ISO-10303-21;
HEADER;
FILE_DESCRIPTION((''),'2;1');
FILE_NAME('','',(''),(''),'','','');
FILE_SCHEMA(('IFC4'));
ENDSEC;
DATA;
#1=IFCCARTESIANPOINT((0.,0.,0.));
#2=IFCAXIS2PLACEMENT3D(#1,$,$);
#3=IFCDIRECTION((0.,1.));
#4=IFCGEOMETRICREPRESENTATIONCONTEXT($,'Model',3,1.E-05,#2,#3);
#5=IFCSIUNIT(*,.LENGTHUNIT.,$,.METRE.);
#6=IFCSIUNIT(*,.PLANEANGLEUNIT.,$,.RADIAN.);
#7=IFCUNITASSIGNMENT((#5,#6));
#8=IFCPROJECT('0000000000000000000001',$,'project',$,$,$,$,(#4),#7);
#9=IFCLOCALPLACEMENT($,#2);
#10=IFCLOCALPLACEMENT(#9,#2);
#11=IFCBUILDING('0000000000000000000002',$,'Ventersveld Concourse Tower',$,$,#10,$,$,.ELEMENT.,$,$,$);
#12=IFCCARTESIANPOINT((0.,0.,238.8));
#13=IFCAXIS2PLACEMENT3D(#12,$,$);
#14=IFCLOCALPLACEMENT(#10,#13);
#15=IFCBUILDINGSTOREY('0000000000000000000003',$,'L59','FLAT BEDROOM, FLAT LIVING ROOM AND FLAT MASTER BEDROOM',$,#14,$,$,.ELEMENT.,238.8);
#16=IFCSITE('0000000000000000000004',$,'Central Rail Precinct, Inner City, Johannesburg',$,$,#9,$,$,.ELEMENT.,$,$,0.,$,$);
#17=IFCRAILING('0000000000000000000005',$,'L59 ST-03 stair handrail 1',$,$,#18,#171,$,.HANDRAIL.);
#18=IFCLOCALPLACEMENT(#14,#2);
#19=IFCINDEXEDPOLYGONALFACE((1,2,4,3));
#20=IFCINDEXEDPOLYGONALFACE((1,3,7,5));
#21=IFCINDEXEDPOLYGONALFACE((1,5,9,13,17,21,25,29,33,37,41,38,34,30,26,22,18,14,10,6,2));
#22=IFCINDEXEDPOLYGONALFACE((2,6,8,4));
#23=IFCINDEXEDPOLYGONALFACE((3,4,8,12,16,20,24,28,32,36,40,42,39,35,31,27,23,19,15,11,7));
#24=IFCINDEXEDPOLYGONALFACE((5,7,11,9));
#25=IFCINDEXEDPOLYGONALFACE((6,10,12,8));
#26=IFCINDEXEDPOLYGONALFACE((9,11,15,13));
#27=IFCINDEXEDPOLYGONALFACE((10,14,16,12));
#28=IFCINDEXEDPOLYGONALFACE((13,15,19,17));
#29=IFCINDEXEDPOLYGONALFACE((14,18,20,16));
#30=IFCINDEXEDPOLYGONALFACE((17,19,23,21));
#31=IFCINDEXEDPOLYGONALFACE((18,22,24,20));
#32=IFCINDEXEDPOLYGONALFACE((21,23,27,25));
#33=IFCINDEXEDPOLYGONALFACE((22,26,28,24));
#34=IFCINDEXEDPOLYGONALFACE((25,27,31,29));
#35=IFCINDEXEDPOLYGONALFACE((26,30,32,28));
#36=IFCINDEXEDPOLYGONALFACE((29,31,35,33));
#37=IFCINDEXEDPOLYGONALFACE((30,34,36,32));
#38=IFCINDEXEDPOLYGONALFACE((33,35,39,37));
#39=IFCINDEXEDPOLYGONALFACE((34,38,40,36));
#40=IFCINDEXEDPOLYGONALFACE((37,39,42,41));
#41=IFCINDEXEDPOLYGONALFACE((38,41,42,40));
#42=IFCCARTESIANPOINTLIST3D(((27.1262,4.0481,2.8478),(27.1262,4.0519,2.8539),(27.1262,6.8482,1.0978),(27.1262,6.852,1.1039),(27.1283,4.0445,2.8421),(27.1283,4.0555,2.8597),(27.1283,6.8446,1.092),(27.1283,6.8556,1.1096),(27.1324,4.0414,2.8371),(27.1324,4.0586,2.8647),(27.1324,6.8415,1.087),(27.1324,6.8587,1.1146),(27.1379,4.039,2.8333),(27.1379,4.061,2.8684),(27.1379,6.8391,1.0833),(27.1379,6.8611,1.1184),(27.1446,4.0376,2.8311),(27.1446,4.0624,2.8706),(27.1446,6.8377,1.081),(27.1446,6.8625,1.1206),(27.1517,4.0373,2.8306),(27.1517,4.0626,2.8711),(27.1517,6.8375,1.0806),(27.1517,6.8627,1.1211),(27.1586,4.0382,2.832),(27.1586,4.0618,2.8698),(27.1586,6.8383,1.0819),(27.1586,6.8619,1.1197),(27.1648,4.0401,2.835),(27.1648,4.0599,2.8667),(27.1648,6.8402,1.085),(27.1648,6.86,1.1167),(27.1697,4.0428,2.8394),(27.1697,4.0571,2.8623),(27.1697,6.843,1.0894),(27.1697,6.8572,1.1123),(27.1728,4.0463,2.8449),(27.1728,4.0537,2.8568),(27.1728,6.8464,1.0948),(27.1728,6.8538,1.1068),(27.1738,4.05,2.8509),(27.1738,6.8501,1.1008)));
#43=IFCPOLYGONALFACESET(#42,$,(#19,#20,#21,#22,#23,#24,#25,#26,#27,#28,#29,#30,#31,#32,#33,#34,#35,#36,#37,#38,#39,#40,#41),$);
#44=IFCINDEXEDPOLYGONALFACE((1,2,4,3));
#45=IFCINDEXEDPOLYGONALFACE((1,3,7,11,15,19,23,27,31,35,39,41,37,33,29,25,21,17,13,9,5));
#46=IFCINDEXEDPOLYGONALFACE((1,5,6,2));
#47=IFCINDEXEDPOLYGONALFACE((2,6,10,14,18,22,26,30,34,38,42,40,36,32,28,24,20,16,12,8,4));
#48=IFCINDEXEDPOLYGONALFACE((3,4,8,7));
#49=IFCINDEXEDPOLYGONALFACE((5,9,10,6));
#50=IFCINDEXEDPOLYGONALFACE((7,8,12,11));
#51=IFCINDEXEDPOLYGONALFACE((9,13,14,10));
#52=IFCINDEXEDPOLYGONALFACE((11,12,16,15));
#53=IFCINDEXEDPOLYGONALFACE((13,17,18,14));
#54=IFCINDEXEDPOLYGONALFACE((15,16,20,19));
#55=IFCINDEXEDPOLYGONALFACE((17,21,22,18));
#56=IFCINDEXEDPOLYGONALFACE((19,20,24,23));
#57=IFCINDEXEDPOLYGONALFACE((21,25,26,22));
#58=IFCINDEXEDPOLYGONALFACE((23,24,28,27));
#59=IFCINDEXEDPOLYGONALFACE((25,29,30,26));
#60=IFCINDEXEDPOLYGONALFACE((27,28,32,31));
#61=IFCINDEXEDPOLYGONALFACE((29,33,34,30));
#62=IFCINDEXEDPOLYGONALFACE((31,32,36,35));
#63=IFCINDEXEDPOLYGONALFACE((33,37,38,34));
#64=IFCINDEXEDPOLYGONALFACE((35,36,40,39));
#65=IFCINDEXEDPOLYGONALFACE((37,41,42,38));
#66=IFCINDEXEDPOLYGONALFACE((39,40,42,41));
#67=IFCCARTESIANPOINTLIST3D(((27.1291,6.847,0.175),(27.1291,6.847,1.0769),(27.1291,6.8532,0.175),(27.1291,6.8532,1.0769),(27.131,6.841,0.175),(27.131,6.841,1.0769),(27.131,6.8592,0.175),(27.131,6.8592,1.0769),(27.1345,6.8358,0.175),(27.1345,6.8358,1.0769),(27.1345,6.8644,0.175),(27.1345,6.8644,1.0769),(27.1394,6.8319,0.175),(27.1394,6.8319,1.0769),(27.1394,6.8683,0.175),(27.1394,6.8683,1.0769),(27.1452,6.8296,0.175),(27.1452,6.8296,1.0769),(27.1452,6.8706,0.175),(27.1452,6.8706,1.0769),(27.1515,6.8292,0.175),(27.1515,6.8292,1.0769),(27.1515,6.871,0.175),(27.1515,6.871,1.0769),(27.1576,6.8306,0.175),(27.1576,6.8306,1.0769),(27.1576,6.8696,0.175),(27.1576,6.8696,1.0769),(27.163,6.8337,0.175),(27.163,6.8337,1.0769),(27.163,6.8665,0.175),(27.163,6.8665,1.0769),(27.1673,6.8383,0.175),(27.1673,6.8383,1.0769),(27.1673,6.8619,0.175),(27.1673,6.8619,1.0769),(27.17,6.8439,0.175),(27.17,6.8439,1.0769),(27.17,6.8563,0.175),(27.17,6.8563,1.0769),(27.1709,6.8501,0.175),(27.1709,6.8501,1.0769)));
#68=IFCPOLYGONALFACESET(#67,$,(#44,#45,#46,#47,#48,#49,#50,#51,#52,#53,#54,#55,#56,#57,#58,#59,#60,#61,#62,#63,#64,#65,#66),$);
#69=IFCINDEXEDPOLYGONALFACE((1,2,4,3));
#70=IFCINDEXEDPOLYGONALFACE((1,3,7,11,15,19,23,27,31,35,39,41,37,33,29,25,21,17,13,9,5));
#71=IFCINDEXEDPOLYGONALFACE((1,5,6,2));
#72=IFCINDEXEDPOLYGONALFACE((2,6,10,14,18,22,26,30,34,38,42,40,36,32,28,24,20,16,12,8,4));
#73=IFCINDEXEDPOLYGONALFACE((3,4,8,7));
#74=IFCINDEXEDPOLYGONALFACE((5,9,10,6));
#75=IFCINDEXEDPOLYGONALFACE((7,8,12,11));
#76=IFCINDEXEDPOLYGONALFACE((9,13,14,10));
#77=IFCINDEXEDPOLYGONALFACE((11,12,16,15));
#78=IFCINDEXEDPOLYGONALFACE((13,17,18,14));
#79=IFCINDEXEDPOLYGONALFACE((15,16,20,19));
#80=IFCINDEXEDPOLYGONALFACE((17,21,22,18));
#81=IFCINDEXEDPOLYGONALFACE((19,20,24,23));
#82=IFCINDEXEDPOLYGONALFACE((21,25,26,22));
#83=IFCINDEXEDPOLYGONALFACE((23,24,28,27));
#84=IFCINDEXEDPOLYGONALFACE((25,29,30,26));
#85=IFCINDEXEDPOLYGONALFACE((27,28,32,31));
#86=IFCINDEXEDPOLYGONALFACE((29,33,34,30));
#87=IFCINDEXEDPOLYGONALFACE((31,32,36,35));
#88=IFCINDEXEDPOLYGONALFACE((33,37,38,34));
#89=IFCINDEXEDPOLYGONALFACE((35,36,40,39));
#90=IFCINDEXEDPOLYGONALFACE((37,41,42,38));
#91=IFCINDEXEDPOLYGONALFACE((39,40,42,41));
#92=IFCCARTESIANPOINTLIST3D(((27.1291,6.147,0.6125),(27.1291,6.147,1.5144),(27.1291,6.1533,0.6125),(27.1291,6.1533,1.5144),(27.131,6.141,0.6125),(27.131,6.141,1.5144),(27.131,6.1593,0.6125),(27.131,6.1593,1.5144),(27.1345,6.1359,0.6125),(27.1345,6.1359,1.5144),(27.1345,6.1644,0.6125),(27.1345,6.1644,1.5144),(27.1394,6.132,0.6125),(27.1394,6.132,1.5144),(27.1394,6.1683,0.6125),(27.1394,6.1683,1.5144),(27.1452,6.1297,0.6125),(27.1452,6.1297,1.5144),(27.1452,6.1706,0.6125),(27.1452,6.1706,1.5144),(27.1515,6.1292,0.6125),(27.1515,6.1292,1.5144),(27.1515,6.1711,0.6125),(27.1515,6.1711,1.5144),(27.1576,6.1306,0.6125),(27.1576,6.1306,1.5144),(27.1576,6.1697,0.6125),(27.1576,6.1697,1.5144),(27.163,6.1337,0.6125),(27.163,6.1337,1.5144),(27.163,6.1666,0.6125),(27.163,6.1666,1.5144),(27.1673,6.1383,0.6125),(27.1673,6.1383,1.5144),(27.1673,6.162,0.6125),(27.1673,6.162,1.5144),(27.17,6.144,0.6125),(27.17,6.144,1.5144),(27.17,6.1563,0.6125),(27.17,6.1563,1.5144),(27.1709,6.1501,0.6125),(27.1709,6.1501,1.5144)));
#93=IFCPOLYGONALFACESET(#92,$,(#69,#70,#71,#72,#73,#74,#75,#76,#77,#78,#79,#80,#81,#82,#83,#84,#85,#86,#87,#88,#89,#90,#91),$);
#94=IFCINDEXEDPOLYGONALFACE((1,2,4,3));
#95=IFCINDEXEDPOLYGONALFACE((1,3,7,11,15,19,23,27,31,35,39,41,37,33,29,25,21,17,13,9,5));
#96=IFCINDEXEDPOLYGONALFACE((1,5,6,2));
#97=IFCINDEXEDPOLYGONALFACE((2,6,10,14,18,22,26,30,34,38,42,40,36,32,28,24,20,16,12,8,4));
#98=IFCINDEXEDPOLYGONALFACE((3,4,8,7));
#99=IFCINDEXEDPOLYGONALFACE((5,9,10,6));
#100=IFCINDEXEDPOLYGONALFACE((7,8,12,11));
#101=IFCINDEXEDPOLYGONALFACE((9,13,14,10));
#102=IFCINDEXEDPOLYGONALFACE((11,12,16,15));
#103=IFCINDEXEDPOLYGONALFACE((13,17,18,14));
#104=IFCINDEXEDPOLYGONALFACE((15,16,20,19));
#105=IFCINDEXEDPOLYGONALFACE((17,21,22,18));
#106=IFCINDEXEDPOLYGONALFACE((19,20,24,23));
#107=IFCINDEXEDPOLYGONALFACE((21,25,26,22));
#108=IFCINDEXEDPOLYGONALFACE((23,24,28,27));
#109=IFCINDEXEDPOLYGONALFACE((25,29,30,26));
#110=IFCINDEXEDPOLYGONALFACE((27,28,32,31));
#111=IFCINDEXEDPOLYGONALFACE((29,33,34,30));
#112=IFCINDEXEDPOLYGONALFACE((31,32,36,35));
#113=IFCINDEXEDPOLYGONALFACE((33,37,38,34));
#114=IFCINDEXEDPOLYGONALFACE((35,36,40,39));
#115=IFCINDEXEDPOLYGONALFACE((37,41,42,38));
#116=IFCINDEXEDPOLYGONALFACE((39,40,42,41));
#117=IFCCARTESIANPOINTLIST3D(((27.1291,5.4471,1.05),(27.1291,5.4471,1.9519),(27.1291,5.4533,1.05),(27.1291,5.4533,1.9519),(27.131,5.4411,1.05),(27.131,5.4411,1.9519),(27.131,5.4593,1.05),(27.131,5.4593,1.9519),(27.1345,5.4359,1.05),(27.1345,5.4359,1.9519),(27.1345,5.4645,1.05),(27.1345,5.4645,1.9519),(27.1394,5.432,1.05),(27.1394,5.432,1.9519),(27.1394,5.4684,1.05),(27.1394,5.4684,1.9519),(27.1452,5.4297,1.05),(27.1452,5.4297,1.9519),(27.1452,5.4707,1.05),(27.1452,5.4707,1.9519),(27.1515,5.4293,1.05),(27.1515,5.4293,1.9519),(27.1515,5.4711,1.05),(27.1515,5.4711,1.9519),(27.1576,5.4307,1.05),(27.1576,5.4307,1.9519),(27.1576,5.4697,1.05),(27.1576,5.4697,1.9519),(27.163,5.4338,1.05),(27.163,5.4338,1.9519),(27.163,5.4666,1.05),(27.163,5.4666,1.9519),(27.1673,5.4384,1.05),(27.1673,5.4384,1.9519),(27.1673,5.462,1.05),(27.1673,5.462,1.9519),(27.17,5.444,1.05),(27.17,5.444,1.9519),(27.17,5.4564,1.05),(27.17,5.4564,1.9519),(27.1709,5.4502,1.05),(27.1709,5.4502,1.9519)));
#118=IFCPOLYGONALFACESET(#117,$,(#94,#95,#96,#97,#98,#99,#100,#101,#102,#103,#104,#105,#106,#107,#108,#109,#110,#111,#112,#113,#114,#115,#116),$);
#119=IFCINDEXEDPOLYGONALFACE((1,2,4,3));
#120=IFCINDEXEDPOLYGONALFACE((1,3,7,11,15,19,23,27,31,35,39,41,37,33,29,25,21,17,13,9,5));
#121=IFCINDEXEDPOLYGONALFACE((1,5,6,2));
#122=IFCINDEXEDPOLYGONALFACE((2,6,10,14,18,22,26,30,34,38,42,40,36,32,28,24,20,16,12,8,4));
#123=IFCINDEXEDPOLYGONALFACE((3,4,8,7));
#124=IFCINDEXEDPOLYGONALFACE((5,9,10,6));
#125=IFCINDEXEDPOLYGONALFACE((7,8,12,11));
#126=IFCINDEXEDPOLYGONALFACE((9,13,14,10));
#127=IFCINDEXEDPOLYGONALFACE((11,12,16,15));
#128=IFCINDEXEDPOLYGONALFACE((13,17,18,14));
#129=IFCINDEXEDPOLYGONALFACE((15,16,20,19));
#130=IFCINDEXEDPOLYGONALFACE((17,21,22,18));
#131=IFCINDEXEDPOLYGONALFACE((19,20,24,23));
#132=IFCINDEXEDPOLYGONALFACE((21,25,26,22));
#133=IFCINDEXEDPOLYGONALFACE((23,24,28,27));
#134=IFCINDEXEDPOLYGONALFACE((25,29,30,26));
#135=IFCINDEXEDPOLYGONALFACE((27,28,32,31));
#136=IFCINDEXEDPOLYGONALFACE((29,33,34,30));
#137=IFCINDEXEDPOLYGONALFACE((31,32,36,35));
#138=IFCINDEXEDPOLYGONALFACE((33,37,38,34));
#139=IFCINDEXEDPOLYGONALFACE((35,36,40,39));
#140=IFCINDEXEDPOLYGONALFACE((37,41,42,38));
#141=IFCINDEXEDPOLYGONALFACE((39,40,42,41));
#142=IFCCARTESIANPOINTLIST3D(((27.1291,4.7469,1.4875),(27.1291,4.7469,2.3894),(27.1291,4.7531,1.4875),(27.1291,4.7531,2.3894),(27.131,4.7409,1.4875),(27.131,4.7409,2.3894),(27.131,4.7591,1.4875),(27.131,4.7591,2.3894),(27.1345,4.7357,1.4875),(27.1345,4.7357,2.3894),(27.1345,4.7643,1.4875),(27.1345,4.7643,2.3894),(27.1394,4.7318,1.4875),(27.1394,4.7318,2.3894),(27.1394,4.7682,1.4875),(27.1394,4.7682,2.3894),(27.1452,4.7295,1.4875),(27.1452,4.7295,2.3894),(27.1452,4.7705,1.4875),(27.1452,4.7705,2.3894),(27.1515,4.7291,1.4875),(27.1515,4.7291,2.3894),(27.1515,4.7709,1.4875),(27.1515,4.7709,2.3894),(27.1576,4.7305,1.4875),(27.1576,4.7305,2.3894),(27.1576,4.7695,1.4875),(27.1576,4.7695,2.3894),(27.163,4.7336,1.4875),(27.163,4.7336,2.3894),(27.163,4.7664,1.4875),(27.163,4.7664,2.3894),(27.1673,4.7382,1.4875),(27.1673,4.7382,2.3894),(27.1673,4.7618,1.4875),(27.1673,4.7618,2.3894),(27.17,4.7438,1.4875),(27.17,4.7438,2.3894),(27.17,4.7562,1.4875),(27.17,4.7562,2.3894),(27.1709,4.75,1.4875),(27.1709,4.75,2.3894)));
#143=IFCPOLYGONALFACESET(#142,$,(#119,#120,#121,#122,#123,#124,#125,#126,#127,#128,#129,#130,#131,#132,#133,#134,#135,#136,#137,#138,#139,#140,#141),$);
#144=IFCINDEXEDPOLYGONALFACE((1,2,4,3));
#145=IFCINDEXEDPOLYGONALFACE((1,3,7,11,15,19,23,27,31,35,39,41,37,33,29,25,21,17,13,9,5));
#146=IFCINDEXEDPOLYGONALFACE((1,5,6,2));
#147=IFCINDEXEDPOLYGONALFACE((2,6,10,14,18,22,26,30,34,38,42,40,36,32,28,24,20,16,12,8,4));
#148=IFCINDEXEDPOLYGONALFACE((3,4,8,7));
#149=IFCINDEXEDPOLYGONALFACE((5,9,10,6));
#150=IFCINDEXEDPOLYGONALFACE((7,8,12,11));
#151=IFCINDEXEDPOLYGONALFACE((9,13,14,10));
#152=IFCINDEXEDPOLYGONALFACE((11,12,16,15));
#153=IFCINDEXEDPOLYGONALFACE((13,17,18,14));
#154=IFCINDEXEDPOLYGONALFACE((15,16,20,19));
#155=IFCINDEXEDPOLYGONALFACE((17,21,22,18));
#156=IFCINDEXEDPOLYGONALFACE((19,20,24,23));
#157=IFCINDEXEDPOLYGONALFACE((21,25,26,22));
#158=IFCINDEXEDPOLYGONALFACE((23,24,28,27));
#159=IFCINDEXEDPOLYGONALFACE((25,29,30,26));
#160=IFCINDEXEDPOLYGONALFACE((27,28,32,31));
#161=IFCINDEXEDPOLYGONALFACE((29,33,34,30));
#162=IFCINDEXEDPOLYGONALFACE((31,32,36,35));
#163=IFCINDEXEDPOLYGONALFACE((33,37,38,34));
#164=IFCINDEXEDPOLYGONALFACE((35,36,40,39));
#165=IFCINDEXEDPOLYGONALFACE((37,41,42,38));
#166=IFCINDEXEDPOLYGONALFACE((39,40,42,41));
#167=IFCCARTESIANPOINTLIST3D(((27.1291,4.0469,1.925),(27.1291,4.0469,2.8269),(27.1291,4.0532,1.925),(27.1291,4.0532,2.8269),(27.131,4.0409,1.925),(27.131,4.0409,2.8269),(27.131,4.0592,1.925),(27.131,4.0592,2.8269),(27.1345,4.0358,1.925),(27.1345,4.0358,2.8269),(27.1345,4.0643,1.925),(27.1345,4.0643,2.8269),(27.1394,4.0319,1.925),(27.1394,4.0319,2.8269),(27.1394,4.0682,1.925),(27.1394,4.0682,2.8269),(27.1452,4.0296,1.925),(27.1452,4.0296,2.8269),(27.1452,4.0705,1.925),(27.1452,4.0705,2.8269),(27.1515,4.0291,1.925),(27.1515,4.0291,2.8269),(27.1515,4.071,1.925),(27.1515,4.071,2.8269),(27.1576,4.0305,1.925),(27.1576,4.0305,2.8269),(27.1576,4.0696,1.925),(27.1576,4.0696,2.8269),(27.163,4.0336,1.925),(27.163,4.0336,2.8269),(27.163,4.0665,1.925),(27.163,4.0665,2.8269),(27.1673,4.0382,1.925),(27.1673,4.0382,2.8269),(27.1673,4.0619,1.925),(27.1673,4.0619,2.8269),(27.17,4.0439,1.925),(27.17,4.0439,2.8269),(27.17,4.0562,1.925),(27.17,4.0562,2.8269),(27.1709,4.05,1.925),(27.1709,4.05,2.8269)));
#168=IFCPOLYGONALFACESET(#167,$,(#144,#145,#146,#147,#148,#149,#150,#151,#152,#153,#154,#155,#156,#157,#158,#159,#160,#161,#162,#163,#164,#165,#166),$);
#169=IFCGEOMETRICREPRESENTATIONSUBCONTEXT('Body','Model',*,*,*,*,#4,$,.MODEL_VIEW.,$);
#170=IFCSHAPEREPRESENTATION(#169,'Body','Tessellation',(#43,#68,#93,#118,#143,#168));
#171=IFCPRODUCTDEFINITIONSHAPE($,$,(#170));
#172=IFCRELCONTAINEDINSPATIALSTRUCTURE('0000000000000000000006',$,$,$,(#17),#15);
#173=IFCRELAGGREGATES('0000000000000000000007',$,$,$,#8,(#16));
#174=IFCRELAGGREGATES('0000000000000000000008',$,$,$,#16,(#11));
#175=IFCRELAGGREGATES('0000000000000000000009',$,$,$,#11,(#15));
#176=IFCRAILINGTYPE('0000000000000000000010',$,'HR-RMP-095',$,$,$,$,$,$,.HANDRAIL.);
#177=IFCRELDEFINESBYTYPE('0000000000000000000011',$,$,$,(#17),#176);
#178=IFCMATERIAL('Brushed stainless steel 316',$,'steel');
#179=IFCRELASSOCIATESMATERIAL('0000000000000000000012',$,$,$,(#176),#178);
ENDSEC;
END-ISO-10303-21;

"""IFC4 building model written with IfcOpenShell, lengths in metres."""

from ifc_helpers import new_model, si_unit, direction, frame, origin, origin_2d, place, context, subcontext, project, spatial, circle, extrude, material, type_object, element, save


model = new_model("IFC4")

# Units and contexts
model_context = context("Model", 3, precision=1e-05, world=origin(), true_north=direction((0.0, 1.0)))
body_context = subcontext(model_context, "Body", "Model", "MODEL_VIEW")
ifc_project = project(units=[si_unit("LENGTHUNIT", "METRE"), si_unit("PLANEANGLEUNIT", "RADIAN")], contexts=[model_context])

# Site, building, storey
site_placement = place(None, origin())
site = spatial("IfcSite", under=ifc_project, at=site_placement, Name="Central Rail Precinct, Inner City, Johannesburg", CompositionType="ELEMENT", RefElevation=0.0)
building_placement = place(site_placement, origin())
building = spatial("IfcBuilding", under=site, at=building_placement, Name="Ventersveld Concourse Tower", CompositionType="ELEMENT")
storey_placement = place(building_placement, frame((0.0, 0.0, 238.8)))
storey = spatial("IfcBuildingStorey", under=building, at=storey_placement, Name="L59", Description="FLAT BEDROOM, FLAT LIVING ROOM AND FLAT MASTER BEDROOM", CompositionType="ELEMENT", Elevation=238.8)

# Shared definitions
ifc_material_1 = material(Name="Brushed stainless steel 316", Category="steel")

# Railing
railing_type_1 = type_object("IfcRailingType", Name="HR-RMP-095", PredefinedType="HANDRAIL", material=ifc_material_1)
railing_1_placement = place(storey_placement, frame((27.1499, 6.8501, 0.175)))
element("IfcRailing", 1, at=railing_1_placement, inside=storey, type_object=railing_type_1, Name="L59 ST-03 stair handrail 1", PredefinedType="HANDRAIL", context=body_context, shape_type="SweptSolid", body=[
    extrude(circle(Radius=0.0239, at=origin_2d()), frame((0.0, 0.0, 0.9258), z_axis=(0.0, -0.848002, 0.529992), x_axis=(1.0, 0.0, 0.0)), (0.0, 0.0, 1.0), 3.302),
    extrude(circle(Radius=0.021, at=origin_2d()), origin(), (0.0, 0.0, 1.0), 0.9019),
    extrude(circle(Radius=0.021, at=origin_2d()), frame((0.0, -0.7, 0.4375)), (0.0, 0.0, 1.0), 0.9019),
    extrude(circle(Radius=0.021, at=origin_2d()), frame((0.0, -1.3999, 0.875)), (0.0, 0.0, 1.0), 0.9019),
    extrude(circle(Radius=0.021, at=origin_2d()), frame((0.0, -2.1001, 1.3125)), (0.0, 0.0, 1.0), 0.9019),
    extrude(circle(Radius=0.021, at=origin_2d()), frame((0.0, -2.8, 1.75)), (0.0, 0.0, 1.0), 0.9019),
])

save(model, "model.ifc")
